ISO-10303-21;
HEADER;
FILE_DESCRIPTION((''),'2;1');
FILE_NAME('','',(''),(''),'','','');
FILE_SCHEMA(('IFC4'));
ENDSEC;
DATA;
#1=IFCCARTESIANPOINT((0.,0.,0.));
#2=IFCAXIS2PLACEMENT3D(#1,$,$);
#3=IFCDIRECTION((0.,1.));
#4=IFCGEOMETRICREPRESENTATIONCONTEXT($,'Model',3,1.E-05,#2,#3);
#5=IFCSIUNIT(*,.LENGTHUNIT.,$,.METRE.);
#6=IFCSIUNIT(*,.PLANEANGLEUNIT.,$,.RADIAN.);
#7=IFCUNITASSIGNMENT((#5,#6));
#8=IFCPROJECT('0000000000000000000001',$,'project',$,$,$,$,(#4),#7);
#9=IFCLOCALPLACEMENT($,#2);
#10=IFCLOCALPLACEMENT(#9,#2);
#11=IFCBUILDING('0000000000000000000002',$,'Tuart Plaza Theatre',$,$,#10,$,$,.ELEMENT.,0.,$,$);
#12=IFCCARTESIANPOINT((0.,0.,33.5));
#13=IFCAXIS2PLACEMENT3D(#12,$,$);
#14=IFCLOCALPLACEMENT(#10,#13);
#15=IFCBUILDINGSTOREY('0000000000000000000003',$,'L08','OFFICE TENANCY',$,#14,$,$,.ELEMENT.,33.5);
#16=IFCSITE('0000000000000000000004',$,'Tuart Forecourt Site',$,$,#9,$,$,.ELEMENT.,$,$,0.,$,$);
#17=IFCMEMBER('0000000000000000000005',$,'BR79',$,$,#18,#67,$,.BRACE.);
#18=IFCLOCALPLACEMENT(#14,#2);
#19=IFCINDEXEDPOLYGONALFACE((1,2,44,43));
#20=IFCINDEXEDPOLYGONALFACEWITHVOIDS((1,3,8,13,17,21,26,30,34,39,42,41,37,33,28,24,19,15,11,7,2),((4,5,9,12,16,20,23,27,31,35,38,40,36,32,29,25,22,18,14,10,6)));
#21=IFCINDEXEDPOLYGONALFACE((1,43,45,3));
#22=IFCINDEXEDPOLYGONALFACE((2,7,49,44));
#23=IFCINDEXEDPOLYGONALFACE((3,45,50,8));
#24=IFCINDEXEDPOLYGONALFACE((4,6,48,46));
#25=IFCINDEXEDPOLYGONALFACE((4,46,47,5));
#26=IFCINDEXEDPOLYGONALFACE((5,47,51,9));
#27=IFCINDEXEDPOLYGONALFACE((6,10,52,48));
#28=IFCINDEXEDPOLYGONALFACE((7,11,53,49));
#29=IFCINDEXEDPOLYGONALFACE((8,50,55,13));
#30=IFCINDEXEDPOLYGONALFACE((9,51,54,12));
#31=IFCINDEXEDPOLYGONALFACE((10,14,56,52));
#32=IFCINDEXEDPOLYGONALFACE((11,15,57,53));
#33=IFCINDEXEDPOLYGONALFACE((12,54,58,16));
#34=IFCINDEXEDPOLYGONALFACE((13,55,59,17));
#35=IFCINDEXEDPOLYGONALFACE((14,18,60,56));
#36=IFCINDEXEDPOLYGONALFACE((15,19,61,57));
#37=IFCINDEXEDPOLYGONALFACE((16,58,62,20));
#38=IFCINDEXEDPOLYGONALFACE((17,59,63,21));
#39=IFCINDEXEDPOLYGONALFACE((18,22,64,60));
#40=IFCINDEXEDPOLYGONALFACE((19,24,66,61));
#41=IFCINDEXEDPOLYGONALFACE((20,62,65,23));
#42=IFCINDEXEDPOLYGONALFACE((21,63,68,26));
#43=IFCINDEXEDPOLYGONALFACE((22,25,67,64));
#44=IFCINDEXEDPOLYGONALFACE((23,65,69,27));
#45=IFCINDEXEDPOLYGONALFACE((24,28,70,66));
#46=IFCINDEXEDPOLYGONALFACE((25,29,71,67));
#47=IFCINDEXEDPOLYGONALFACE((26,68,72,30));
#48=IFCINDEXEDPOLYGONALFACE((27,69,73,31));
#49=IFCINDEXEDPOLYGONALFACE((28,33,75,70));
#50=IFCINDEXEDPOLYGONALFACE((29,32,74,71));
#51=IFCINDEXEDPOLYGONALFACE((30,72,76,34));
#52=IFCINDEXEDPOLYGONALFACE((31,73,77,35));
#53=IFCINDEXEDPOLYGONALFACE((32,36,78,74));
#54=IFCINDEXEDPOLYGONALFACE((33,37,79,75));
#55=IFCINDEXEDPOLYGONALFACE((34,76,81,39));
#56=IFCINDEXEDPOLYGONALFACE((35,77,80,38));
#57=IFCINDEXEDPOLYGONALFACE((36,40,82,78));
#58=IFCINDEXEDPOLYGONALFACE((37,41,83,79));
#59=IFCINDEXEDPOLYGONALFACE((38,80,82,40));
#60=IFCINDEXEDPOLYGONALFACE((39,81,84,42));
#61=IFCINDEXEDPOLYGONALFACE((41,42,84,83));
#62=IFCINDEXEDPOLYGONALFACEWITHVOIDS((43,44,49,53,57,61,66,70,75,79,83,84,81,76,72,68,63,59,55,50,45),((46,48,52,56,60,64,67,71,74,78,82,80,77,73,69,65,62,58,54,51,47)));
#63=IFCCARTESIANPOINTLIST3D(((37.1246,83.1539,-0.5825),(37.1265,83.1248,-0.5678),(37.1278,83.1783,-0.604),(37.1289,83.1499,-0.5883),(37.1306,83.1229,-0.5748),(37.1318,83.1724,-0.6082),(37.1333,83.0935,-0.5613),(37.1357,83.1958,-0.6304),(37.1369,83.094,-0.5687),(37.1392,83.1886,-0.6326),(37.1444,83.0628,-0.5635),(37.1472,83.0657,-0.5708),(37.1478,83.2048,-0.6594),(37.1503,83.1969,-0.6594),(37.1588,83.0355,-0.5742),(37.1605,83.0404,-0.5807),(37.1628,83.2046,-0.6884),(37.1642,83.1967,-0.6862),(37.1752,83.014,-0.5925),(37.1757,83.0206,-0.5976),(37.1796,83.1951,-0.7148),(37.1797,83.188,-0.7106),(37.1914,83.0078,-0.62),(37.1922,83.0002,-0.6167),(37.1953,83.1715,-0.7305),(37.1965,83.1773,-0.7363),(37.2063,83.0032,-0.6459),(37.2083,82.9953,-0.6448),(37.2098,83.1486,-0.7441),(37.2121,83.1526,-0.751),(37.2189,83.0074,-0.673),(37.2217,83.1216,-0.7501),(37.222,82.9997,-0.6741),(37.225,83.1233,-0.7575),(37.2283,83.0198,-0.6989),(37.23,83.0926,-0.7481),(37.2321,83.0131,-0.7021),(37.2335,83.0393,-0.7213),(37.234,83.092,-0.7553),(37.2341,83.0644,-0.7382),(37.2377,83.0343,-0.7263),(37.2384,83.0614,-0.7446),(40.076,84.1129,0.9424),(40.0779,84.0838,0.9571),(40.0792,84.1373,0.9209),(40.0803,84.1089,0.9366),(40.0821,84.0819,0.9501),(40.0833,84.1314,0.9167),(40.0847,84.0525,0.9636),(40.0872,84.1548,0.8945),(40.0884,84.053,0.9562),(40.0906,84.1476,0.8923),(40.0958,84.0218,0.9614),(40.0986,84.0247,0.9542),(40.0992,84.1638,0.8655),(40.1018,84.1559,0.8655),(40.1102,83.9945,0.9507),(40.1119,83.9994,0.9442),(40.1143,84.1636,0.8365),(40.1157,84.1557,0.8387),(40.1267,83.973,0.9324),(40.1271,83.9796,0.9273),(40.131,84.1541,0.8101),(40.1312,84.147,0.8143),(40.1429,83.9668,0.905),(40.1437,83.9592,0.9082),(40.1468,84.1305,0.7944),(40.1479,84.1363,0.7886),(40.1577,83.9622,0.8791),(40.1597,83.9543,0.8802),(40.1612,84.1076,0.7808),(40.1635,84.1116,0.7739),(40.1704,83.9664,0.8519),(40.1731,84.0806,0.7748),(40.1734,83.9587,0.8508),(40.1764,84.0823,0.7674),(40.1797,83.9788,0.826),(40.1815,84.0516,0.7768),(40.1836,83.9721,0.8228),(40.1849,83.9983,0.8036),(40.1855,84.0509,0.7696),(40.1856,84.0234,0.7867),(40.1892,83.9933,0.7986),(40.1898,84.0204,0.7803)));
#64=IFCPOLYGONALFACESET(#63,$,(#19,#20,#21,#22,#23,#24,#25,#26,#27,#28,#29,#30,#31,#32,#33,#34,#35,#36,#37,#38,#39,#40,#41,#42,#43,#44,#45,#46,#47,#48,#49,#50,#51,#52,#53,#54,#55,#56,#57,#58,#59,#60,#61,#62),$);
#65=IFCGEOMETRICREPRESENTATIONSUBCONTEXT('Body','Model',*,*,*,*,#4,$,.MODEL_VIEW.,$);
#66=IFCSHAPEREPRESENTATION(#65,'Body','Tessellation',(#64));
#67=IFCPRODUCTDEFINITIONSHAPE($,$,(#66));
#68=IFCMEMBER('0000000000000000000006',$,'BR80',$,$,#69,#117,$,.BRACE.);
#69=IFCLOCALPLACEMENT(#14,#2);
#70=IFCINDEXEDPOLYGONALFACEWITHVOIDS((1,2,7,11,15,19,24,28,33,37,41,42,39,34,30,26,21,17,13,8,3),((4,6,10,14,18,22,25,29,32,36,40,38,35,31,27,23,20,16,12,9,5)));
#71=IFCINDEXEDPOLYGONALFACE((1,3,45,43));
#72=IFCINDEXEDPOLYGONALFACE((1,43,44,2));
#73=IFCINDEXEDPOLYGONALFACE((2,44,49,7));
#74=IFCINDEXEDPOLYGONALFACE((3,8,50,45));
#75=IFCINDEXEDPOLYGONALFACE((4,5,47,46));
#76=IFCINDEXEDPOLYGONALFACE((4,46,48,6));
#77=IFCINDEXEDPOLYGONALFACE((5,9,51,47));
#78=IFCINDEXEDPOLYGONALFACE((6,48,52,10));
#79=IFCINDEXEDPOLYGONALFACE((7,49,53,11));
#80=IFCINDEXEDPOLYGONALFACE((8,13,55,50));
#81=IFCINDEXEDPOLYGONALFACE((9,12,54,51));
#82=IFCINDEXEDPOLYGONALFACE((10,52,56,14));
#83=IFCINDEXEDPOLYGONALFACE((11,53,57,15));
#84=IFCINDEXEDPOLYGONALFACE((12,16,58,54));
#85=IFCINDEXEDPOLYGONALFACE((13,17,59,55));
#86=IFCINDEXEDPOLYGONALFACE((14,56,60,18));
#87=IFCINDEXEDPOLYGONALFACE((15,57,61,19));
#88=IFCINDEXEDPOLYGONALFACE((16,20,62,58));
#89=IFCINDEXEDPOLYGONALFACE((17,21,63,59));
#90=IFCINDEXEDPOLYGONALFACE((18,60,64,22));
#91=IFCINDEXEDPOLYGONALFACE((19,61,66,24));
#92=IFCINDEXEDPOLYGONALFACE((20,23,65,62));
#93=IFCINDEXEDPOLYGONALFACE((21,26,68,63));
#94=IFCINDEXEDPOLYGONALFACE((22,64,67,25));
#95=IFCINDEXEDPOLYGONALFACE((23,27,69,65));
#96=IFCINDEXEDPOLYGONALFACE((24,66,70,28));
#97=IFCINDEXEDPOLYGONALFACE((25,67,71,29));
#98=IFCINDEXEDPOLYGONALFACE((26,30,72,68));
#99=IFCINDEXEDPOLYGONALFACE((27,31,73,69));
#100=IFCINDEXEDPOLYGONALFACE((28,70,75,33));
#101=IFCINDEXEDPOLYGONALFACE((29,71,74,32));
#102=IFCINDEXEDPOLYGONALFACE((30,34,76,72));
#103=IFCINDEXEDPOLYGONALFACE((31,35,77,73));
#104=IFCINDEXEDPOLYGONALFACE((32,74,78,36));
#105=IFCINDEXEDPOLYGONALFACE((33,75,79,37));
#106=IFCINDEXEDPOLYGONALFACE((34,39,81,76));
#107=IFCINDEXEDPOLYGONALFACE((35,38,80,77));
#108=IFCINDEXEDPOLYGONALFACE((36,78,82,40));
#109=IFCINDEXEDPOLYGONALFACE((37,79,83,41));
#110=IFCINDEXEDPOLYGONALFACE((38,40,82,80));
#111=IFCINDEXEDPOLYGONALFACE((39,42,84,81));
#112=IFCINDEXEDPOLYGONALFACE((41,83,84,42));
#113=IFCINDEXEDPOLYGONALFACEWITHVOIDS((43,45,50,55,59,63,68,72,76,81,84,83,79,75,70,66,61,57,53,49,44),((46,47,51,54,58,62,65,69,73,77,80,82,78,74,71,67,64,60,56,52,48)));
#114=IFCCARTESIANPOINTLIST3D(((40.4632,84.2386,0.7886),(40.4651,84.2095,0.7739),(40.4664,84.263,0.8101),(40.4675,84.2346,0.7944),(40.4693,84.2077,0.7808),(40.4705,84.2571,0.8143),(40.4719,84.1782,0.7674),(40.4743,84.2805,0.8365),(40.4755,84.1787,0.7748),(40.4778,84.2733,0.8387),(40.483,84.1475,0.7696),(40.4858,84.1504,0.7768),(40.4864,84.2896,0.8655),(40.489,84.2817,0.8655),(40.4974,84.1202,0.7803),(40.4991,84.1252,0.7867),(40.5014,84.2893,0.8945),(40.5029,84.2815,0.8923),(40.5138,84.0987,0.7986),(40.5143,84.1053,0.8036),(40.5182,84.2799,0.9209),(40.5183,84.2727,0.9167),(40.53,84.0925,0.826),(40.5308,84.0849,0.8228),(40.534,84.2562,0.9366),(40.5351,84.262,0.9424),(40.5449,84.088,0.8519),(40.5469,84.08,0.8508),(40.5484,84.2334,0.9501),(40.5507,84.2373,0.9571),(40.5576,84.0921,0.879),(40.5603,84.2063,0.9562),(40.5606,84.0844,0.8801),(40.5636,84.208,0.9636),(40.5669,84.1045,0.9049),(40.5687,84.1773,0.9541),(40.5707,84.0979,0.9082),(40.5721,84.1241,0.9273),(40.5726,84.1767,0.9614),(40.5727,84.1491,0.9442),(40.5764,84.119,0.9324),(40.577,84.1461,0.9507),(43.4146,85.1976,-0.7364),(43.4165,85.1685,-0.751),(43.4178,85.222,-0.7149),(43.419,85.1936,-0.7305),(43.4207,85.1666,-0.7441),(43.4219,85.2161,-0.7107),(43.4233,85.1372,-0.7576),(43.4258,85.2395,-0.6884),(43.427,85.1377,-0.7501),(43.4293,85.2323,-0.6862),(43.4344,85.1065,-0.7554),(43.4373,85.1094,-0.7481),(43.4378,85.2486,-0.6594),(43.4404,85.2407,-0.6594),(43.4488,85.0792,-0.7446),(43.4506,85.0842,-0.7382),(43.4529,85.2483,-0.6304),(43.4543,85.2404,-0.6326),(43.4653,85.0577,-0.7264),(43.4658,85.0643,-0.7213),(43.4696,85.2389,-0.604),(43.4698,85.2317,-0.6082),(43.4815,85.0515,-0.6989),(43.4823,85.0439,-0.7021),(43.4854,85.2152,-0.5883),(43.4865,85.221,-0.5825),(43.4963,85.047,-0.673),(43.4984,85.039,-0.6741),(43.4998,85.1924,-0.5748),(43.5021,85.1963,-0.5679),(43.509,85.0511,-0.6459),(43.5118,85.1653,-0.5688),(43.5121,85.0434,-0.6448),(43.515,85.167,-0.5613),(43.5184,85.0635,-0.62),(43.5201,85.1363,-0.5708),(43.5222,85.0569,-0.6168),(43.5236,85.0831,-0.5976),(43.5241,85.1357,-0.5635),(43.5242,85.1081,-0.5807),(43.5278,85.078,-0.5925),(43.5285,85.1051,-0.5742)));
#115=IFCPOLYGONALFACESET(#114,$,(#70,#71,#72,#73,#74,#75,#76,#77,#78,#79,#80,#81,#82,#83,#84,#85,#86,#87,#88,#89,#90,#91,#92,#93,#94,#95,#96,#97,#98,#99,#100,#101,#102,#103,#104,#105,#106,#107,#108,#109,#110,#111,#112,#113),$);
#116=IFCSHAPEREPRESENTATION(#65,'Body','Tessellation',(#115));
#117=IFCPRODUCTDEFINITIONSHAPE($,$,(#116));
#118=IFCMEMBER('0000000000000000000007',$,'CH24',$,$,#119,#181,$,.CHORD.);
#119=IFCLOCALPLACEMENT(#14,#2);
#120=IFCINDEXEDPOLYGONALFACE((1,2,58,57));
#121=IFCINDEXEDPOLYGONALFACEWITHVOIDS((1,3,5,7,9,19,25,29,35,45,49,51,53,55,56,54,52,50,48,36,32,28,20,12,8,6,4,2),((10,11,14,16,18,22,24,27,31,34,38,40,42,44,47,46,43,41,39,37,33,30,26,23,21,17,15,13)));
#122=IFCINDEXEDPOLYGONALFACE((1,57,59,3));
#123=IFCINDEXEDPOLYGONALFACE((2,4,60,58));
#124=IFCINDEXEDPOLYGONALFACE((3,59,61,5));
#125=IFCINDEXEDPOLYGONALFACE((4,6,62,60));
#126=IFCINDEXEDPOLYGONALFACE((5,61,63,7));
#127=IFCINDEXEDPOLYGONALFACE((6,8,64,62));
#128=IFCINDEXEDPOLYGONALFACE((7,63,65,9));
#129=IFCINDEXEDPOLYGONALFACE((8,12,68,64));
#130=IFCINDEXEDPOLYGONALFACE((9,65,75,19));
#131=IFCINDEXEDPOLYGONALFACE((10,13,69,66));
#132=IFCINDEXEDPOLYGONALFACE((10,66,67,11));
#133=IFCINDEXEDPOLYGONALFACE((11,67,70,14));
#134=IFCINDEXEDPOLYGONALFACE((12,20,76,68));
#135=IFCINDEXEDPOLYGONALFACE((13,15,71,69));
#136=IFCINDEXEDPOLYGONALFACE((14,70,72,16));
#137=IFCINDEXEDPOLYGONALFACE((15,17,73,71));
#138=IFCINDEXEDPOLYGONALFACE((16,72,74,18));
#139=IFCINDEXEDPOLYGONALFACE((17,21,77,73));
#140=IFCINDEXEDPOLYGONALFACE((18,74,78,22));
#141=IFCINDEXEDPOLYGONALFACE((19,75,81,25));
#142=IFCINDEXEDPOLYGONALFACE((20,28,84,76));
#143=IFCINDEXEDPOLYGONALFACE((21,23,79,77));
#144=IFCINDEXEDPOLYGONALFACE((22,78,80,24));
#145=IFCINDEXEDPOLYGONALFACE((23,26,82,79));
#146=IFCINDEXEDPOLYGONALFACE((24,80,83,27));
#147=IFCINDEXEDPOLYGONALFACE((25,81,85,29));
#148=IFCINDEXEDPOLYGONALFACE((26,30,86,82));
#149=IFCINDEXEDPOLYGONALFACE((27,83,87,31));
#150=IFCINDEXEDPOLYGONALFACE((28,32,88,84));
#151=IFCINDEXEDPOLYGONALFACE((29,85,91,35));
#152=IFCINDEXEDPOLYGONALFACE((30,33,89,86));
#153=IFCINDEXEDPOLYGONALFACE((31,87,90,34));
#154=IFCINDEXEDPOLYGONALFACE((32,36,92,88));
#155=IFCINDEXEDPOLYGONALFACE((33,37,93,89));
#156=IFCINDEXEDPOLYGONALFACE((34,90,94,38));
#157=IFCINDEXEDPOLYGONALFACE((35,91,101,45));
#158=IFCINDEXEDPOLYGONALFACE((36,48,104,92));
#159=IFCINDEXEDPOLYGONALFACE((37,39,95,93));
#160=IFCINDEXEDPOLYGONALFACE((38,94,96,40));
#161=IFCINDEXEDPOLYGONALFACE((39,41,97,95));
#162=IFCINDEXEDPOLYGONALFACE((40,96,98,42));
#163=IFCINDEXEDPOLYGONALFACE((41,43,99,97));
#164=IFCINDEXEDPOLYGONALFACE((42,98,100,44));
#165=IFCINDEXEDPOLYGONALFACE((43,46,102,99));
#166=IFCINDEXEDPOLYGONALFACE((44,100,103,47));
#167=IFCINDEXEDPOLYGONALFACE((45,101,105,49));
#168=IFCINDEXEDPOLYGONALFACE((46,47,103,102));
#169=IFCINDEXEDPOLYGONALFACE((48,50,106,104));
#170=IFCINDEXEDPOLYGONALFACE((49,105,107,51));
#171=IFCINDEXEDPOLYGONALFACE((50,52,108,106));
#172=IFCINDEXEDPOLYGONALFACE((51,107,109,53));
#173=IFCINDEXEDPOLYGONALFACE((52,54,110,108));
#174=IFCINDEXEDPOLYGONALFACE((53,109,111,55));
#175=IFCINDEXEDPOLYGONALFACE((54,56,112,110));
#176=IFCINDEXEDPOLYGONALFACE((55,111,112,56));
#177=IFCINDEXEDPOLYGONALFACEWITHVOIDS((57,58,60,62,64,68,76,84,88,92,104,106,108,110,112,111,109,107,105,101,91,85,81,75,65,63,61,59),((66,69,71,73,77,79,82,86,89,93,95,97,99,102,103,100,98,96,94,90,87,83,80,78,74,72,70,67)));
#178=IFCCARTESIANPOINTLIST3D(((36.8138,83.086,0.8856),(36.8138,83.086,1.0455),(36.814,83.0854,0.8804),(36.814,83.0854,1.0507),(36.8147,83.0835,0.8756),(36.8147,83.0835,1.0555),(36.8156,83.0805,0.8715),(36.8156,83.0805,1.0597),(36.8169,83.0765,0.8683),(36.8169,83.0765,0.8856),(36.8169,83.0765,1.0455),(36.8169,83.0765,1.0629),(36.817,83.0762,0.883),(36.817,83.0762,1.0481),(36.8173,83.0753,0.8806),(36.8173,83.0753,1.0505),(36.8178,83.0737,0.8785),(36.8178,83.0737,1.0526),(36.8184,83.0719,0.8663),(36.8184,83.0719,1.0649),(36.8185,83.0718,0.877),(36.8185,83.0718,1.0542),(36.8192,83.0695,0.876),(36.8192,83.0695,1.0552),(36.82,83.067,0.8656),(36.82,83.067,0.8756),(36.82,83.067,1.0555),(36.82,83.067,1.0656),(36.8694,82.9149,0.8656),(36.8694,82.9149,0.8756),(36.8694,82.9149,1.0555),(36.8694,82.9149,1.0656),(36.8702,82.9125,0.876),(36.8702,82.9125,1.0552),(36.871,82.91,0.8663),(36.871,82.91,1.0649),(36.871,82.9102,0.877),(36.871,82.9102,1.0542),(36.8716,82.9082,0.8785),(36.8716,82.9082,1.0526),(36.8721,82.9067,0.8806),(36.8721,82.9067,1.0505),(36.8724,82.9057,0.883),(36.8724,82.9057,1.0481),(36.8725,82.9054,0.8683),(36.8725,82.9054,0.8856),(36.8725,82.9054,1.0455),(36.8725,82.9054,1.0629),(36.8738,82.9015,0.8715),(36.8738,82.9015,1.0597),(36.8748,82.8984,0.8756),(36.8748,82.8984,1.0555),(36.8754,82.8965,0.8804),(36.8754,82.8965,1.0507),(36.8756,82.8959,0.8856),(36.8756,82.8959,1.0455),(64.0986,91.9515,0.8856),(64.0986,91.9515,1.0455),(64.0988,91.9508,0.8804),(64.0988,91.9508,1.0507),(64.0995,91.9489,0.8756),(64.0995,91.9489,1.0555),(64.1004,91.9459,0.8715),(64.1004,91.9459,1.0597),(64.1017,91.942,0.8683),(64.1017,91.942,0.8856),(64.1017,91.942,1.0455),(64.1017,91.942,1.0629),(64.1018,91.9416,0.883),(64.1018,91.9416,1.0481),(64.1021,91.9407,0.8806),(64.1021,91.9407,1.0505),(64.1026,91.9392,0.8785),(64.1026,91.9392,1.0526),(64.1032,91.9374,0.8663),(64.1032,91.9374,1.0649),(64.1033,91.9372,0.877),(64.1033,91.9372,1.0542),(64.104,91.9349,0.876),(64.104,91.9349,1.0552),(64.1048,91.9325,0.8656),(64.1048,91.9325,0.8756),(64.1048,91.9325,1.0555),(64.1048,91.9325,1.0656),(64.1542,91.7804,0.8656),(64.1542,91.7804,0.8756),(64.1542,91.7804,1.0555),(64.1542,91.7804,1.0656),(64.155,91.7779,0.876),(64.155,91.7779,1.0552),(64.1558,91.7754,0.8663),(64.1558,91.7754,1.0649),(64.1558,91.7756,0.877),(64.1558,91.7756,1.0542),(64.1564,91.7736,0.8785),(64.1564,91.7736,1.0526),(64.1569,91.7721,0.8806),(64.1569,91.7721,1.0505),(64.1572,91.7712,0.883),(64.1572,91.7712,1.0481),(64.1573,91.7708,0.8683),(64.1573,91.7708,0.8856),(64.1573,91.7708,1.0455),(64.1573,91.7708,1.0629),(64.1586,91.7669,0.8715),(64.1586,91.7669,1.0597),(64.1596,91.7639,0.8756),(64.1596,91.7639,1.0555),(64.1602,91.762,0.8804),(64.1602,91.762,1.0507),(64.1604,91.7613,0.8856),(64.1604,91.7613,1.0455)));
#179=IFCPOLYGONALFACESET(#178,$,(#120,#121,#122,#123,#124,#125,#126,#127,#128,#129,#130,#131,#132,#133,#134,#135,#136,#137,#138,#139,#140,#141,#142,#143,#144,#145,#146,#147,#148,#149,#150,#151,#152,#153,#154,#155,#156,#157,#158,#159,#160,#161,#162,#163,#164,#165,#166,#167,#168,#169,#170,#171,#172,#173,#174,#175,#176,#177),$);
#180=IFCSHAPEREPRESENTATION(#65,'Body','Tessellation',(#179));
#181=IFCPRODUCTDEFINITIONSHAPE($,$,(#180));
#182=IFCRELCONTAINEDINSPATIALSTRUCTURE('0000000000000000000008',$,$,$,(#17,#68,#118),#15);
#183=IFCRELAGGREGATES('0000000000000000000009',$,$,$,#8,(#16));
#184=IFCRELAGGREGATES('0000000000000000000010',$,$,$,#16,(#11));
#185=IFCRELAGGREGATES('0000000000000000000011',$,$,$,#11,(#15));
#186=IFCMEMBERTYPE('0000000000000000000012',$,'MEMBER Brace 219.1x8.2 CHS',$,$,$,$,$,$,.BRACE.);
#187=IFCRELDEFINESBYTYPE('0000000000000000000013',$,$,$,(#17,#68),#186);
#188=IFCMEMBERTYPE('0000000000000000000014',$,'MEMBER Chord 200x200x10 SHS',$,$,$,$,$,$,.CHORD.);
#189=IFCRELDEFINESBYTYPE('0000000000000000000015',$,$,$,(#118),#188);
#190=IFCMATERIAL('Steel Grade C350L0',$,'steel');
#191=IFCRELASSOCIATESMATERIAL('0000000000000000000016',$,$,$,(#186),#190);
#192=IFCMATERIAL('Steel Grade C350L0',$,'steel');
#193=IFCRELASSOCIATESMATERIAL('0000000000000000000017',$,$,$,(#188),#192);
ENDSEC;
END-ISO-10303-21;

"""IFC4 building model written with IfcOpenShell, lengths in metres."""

from ifc_helpers import new_model, si_unit, direction, frame, origin, origin_2d, place, context, subcontext, project, spatial, hollow_rectangle, hollow_circle, extrude, material, material_profile, profile_set, type_object, element, save


model = new_model("IFC4")

# Units and contexts
model_context = context("Model", 3, precision=1e-05, world=origin(), true_north=direction((0.0, 1.0)))
body_context = subcontext(model_context, "Body", "Model", "MODEL_VIEW")
ifc_project = project(units=[si_unit("LENGTHUNIT", "METRE"), si_unit("PLANEANGLEUNIT", "RADIAN")], contexts=[model_context])

# Site, building, storey
site_placement = place(None, origin())
site = spatial("IfcSite", under=ifc_project, at=site_placement, Name="Tuart Forecourt Site", CompositionType="ELEMENT", RefElevation=0.0)
building_placement = place(site_placement, origin())
building = spatial("IfcBuilding", under=site, at=building_placement, Name="Tuart Plaza Theatre", CompositionType="ELEMENT", ElevationOfRefHeight=0.0)
storey_placement = place(building_placement, frame((0.0, 0.0, 33.5)))
storey = spatial("IfcBuildingStorey", under=building, at=storey_placement, Name="L08", Description="OFFICE TENANCY", CompositionType="ELEMENT", Elevation=33.5)

# Members
ifc_material_1 = material(Name="Steel Grade C350L0", Category="steel")
ifc_material_profile_1 = material_profile(ifc_material_1, hollow_circle(Radius=0.1096, WallThickness=0.0083, at=origin_2d()), Name="219.1x8.2 CHS")
ifc_profile_set_1 = profile_set([ifc_material_profile_1], Name="Steel Grade C350L0")
member_type_1 = type_object("IfcMemberType", Name="MEMBER Brace 219.1x8.2 CHS", PredefinedType="BRACE", material=ifc_profile_set_1)
for number, where, z_axis, x_axis, name in (
    (1, (37.1816, 83.1006, -0.6594), (0.853573, 0.277346, 0.441014), (-0.30902, 0.951055, 0.0), "BR79"),
    (2, (40.5203, 84.1853, 0.8655), (0.853573, 0.277346, -0.441014), (-0.30902, 0.951055, 0.0), "BR80"),
):
    element("IfcMember", number, at=place(storey_placement, frame(where, z_axis=z_axis, x_axis=x_axis)), inside=storey, type_object=member_type_1, Name=name, PredefinedType="BRACE", context=body_context, shape_type="SweptSolid", body=[
        extrude(hollow_circle(Radius=0.1096, WallThickness=0.0083, at=origin_2d()), origin(), (0.0, 0.0, 1.0), 3.4578),
    ])
ifc_material_2 = material(Name="Steel Grade C350L0", Category="steel")
ifc_material_profile_2 = material_profile(ifc_material_2, hollow_rectangle(XDim=0.2, YDim=0.2, WallThickness=0.01, InnerFilletRadius=0.01, OuterFilletRadius=0.02, at=origin_2d()), Name="200x200x10 SHS")
ifc_profile_set_2 = profile_set([ifc_material_profile_2], Name="Steel Grade C350L0")
member_type_2 = type_object("IfcMemberType", Name="MEMBER Chord 200x200x10 SHS", PredefinedType="CHORD", material=ifc_profile_set_2)
member_1_placement = place(storey_placement, frame((36.8447, 82.991, 0.9656), z_axis=(0.951056, 0.309019, 0.0), x_axis=(-0.309019, 0.951056, 0.0)))
element("IfcMember", 3, at=member_1_placement, inside=storey, type_object=member_type_2, Name="CH24", PredefinedType="CHORD", context=body_context, shape_type="SweptSolid", body=[
    extrude(hollow_rectangle(XDim=0.2, YDim=0.2, WallThickness=0.01, InnerFilletRadius=0.01, OuterFilletRadius=0.02, at=origin_2d()), origin(), (0.0, 0.0, 1.0), 28.689),
])

save(model, "model.ifc")
